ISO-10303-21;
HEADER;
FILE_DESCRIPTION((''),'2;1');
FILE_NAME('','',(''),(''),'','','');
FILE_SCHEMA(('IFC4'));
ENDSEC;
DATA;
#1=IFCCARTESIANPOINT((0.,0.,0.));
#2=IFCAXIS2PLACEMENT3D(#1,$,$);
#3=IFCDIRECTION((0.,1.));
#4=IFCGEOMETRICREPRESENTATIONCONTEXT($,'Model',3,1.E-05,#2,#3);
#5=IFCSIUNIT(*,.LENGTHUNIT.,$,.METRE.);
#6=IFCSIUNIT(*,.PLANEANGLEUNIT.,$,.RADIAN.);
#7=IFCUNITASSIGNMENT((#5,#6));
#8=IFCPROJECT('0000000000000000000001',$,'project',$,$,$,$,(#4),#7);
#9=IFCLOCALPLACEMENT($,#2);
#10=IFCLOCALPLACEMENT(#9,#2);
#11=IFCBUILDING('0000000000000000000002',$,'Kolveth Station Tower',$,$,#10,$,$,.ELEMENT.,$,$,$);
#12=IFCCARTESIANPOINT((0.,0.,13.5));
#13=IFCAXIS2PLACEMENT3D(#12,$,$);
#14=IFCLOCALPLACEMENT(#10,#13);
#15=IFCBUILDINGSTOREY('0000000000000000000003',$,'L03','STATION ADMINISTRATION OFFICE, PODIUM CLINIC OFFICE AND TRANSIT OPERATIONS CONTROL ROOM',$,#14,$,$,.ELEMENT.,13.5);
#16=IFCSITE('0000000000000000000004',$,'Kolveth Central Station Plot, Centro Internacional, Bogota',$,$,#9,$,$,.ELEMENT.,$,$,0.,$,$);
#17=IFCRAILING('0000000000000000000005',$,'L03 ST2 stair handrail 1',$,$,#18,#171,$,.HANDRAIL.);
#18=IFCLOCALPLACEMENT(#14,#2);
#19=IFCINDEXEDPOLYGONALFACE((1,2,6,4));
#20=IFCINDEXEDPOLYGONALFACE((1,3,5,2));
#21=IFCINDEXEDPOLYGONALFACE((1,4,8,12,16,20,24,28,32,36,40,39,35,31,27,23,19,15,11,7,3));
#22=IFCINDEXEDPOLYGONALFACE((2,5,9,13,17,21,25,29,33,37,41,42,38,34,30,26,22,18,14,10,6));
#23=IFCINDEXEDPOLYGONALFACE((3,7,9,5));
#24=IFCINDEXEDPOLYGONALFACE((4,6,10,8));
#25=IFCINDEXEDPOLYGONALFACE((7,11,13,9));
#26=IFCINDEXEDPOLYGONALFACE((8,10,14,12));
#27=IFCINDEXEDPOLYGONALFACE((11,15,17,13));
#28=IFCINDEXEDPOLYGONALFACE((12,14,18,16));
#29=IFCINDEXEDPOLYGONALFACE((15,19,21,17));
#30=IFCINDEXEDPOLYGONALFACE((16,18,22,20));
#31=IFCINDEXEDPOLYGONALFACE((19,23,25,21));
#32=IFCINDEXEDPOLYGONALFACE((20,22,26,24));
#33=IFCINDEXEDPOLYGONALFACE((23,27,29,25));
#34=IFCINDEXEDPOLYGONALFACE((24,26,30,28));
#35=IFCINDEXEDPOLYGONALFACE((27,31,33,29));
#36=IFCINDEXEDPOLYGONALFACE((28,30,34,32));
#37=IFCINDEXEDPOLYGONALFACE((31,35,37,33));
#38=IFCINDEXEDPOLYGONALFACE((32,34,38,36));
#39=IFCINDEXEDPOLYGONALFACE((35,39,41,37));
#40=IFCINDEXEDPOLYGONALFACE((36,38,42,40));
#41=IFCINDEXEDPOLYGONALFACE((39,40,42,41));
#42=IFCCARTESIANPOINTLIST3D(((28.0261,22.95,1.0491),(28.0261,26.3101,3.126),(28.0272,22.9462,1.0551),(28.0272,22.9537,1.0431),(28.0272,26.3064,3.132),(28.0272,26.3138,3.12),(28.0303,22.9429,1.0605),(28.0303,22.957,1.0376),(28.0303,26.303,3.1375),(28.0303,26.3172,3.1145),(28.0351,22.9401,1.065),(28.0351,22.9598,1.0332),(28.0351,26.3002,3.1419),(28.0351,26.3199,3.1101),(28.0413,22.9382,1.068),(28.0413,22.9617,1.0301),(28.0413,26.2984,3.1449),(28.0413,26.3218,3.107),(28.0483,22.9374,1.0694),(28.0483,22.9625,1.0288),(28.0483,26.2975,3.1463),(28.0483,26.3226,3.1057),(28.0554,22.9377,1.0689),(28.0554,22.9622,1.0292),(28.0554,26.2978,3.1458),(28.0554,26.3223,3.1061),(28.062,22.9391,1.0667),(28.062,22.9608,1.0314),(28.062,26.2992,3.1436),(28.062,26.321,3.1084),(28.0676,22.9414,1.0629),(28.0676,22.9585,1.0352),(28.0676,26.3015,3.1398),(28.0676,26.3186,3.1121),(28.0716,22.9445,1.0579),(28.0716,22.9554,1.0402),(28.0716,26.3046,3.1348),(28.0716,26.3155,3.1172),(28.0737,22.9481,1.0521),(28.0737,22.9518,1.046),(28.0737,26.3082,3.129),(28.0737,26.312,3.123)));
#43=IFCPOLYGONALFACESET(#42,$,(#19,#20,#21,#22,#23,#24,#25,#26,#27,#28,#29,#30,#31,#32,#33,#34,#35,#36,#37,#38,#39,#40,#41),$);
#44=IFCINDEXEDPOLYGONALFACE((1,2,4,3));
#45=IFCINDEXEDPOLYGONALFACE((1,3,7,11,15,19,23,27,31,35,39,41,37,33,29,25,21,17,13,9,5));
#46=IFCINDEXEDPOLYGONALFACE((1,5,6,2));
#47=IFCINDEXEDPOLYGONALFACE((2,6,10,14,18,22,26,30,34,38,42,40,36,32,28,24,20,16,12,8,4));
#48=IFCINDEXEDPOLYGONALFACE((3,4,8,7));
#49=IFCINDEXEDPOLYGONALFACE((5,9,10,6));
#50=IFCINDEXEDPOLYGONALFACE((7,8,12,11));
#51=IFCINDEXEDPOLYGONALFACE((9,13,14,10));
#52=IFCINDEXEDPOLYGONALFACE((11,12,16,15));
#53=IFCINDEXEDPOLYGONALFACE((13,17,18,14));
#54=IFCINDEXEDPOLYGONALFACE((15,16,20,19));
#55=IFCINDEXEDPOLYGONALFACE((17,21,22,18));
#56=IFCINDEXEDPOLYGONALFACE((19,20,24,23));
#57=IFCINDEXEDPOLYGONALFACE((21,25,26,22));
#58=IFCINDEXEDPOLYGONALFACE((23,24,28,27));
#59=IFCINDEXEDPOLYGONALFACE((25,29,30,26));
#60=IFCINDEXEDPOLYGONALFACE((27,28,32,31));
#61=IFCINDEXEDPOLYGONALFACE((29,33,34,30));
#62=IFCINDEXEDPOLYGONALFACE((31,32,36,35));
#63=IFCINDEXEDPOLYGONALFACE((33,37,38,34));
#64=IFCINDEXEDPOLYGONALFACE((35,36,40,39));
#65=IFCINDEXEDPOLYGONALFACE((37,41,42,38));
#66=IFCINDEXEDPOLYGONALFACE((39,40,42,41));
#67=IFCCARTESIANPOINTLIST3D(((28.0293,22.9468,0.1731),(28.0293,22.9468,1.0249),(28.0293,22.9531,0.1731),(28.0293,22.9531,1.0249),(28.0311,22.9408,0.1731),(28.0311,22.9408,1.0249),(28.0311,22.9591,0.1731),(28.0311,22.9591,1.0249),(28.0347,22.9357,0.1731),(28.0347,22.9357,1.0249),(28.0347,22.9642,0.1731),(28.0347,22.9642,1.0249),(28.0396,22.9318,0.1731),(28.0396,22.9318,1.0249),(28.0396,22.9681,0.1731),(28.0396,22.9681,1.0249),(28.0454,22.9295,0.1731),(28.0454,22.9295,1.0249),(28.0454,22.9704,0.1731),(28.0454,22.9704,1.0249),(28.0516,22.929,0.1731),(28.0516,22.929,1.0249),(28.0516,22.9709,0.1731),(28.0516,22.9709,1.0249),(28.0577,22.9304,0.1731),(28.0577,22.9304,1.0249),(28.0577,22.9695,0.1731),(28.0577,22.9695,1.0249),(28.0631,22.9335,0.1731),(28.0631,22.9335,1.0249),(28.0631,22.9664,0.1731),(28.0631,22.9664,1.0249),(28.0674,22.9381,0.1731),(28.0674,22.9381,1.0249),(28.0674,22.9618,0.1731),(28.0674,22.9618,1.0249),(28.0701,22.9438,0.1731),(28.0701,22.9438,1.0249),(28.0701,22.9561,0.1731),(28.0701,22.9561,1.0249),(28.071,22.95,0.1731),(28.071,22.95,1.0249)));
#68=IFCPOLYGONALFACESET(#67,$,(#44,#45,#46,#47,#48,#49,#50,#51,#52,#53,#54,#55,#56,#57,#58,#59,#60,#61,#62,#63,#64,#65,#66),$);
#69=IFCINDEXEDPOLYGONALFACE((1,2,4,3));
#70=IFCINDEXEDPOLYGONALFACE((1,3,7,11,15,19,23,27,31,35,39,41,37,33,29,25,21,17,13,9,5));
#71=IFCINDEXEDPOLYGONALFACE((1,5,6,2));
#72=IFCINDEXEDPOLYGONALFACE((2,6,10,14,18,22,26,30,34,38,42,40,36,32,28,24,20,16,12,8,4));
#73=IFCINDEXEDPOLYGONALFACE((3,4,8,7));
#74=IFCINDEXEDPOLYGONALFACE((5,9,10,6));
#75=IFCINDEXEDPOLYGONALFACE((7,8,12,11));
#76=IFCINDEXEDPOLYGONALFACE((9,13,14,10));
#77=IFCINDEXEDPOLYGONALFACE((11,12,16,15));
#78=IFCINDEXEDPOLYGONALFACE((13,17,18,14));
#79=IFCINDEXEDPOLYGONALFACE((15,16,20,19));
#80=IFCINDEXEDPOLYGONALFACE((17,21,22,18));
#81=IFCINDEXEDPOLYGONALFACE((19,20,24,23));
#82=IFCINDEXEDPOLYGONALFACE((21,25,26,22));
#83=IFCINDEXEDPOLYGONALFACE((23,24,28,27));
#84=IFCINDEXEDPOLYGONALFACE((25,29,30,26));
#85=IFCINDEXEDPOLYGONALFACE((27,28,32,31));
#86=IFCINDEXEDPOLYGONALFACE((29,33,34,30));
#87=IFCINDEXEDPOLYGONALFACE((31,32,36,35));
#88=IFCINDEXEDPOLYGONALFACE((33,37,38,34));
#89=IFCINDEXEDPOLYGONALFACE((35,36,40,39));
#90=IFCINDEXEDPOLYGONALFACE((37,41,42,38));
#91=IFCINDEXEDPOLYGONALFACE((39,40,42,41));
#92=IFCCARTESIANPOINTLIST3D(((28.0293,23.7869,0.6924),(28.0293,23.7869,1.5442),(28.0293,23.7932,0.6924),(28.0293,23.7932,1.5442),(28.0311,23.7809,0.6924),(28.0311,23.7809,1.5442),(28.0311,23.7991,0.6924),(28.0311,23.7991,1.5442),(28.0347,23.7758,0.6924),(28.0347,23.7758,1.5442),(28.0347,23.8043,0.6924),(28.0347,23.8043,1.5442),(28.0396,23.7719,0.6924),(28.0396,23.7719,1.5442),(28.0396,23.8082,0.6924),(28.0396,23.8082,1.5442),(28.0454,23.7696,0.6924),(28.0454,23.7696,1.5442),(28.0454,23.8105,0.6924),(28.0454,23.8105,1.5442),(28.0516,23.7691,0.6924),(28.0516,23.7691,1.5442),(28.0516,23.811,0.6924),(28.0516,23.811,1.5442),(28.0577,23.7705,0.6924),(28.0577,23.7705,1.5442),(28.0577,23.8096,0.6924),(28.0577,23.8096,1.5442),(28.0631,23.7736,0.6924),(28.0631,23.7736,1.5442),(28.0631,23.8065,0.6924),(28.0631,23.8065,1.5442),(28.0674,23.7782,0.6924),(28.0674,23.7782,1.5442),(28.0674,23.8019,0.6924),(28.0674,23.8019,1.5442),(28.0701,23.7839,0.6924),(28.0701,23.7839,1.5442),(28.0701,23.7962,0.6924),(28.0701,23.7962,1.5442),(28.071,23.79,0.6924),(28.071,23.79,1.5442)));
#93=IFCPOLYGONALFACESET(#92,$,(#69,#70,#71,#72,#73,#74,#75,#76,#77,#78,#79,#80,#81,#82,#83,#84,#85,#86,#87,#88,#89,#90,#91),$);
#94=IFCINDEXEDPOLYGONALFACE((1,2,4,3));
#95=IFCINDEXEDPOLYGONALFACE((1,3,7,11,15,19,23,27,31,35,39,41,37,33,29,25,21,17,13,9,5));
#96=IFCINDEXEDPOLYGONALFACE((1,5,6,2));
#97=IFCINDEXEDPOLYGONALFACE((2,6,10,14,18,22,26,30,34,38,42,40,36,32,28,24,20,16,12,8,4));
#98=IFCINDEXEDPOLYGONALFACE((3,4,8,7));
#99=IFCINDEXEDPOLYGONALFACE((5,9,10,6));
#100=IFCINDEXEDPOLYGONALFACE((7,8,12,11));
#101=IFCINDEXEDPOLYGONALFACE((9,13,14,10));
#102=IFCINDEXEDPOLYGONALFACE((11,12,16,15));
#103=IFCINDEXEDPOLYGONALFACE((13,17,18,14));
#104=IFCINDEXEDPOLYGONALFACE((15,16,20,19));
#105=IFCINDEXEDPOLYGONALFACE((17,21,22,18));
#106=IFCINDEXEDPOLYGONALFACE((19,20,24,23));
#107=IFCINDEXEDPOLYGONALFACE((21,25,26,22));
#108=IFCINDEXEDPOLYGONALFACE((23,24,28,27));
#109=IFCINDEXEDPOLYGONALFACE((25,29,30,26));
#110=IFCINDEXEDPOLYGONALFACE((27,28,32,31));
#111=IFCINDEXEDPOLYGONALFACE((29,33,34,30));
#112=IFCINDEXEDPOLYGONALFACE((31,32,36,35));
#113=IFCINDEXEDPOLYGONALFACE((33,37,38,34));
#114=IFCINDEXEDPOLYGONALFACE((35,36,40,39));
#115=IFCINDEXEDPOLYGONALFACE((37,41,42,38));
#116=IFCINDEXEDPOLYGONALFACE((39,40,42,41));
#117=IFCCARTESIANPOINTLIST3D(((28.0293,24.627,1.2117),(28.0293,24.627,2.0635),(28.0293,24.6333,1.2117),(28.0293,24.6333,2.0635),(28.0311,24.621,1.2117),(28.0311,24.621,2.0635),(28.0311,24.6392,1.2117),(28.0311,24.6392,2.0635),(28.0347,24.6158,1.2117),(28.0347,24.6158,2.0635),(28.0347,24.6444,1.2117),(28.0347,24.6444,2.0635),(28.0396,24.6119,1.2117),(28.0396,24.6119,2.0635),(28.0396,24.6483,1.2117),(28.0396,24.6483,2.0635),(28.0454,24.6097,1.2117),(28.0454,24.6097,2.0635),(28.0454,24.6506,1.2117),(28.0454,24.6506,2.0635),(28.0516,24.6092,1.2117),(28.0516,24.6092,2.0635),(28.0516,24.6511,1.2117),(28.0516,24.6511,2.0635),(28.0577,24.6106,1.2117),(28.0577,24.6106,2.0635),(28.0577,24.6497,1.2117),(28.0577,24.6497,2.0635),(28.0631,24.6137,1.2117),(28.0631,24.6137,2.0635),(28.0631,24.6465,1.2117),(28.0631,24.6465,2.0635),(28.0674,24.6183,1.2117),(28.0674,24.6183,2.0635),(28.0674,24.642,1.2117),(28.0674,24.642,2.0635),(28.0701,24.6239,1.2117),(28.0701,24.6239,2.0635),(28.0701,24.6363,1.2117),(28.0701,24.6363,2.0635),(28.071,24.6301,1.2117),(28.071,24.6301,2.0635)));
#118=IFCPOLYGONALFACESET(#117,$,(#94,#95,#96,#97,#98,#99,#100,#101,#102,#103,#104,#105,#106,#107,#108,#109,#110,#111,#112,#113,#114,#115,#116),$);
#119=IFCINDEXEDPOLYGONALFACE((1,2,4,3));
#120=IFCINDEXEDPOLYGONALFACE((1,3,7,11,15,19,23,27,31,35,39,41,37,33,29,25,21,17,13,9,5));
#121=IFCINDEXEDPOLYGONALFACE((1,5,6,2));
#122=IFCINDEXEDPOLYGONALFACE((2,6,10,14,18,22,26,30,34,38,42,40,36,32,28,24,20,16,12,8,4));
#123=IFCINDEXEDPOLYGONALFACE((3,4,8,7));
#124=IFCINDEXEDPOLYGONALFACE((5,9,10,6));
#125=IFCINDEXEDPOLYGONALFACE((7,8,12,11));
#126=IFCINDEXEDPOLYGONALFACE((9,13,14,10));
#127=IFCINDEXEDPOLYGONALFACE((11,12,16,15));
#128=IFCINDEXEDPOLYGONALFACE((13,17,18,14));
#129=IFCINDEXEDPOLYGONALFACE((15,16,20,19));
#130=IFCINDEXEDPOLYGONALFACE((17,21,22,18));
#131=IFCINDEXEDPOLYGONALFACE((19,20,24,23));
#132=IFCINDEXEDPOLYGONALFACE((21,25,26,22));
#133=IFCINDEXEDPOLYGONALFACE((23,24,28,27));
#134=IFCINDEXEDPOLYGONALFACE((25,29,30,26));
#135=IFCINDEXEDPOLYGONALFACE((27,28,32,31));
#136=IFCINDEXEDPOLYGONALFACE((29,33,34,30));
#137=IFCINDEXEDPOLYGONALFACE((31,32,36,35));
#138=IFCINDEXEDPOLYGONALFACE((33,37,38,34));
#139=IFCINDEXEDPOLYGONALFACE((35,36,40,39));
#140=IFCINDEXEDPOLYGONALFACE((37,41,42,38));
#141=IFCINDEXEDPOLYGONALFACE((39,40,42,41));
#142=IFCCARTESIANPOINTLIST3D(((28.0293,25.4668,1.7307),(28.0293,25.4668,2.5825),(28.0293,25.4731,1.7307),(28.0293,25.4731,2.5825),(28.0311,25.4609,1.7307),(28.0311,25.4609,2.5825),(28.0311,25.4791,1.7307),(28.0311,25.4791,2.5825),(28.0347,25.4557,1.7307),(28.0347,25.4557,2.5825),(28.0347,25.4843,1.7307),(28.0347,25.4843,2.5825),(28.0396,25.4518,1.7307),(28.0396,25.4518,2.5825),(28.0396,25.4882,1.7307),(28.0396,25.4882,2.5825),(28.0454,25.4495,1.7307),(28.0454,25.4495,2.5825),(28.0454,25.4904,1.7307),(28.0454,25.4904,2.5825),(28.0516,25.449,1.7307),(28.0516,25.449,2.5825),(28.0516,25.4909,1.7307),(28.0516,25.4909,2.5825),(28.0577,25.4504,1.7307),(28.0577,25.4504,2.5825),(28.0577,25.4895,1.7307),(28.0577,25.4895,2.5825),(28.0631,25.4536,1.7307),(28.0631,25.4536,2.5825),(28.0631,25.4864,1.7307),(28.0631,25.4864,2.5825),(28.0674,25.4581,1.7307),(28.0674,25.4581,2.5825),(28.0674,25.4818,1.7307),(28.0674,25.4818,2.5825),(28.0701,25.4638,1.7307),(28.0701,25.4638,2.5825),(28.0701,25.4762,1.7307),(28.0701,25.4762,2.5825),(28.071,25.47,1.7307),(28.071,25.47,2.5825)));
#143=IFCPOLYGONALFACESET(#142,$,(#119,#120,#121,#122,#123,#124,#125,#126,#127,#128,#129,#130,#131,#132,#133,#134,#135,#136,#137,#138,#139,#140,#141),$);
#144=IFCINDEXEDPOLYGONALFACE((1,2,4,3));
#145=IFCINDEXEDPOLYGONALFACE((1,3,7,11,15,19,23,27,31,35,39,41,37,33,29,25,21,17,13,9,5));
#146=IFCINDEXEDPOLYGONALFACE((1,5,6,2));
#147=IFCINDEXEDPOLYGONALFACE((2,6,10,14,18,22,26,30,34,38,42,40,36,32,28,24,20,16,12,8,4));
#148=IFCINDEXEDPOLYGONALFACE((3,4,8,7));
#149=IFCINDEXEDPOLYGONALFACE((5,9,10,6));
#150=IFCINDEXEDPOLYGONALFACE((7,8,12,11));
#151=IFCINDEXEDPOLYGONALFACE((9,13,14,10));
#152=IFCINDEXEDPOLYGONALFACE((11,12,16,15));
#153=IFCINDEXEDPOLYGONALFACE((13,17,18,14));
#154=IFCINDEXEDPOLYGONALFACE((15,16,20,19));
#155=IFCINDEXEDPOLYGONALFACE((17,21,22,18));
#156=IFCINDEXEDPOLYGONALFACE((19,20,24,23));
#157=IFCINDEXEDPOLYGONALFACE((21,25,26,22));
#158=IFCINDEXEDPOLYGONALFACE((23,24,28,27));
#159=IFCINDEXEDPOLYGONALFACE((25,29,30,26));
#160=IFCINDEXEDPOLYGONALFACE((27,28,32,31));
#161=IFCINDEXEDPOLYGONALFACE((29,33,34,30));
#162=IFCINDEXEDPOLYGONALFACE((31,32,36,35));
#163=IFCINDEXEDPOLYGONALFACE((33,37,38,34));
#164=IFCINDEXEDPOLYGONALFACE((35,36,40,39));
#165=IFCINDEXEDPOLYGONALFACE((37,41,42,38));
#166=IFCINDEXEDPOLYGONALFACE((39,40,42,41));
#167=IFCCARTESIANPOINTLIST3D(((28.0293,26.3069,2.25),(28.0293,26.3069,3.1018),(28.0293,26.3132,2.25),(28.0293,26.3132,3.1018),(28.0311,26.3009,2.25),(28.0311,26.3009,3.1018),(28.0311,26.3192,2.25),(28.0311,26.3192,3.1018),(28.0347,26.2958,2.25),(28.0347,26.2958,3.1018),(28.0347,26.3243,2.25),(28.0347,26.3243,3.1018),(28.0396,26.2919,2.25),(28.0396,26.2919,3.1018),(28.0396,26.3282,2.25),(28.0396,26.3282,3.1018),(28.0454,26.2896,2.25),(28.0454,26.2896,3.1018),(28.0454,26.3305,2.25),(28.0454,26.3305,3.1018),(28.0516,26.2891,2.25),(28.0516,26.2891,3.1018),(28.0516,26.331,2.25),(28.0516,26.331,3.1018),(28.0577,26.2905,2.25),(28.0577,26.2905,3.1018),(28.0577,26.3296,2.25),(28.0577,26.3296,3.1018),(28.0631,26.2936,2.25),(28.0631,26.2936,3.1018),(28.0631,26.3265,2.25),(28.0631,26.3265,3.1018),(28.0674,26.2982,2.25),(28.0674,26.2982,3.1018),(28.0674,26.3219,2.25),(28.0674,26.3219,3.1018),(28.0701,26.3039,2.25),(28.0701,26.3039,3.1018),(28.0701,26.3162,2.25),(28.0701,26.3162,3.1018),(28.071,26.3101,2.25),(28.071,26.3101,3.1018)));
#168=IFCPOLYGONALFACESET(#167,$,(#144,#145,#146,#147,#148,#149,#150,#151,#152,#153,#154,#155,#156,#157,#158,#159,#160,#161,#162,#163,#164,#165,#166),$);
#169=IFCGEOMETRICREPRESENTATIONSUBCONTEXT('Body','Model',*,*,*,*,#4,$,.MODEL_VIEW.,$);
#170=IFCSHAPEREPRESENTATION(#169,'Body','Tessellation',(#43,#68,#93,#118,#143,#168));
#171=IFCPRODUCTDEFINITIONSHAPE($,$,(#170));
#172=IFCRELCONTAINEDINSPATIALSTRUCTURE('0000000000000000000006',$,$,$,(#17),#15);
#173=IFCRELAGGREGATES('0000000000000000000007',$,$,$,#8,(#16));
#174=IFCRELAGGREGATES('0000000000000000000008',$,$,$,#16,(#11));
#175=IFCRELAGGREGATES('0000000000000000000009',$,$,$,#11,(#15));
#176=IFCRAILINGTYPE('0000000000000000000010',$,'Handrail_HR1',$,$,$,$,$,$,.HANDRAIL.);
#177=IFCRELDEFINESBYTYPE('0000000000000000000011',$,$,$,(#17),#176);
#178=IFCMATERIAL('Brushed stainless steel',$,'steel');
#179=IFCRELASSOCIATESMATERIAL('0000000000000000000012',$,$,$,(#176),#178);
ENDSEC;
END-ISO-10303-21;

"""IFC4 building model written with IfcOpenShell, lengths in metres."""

from ifc_helpers import new_model, si_unit, direction, frame, origin, origin_2d, place, context, subcontext, project, spatial, circle, extrude, material, type_object, element, save


model = new_model("IFC4")

# Units and contexts
model_context = context("Model", 3, precision=1e-05, world=origin(), true_north=direction((0.0, 1.0)))
body_context = subcontext(model_context, "Body", "Model", "MODEL_VIEW")
ifc_project = project(units=[si_unit("LENGTHUNIT", "METRE"), si_unit("PLANEANGLEUNIT", "RADIAN")], contexts=[model_context])

# Site, building, storey
site_placement = place(None, origin())
site = spatial("IfcSite", under=ifc_project, at=site_placement, Name="Kolveth Central Station Plot, Centro Internacional, Bogota", CompositionType="ELEMENT", RefElevation=0.0)
building_placement = place(site_placement, origin())
building = spatial("IfcBuilding", under=site, at=building_placement, Name="Kolveth Station Tower", CompositionType="ELEMENT")
storey_placement = place(building_placement, frame((0.0, 0.0, 13.5)))
storey = spatial("IfcBuildingStorey", under=building, at=storey_placement, Name="L03", Description="STATION ADMINISTRATION OFFICE, PODIUM CLINIC OFFICE AND TRANSIT OPERATIONS CONTROL ROOM", CompositionType="ELEMENT", Elevation=13.5)

# Railing
ifc_material_1 = material(Name="Brushed stainless steel", Category="steel")
railing_type_1 = type_object("IfcRailingType", Name="Handrail_HR1", PredefinedType="HANDRAIL", material=ifc_material_1)
railing_1_placement = place(storey_placement, frame((28.05, 22.95, 0.1731)))
element("IfcRailing", 1, at=railing_1_placement, inside=storey, type_object=railing_type_1, Name="L03 ST2 stair handrail 1", PredefinedType="HANDRAIL", context=body_context, shape_type="SweptSolid", body=[
    extrude(circle(Radius=0.0239, at=origin_2d()), frame((0.0, 0.0, 0.876), z_axis=(0.0, 0.850623, 0.525776), x_axis=(-1.0, 0.0, 0.0)), (0.0, 0.0, 1.0), 3.9502),
    extrude(circle(Radius=0.021, at=origin_2d()), origin(), (0.0, 0.0, 1.0), 0.8518),
    extrude(circle(Radius=0.021, at=origin_2d()), frame((0.0, 0.8401, 0.5193)), (0.0, 0.0, 1.0), 0.8518),
    extrude(circle(Radius=0.021, at=origin_2d()), frame((0.0, 1.6802, 1.0386)), (0.0, 0.0, 1.0), 0.8518),
    extrude(circle(Radius=0.021, at=origin_2d()), frame((0.0, 2.52, 1.5576)), (0.0, 0.0, 1.0), 0.8518),
    extrude(circle(Radius=0.021, at=origin_2d()), frame((0.0, 3.3601, 2.0769)), (0.0, 0.0, 1.0), 0.8518),
])

save(model, "model.ifc")
